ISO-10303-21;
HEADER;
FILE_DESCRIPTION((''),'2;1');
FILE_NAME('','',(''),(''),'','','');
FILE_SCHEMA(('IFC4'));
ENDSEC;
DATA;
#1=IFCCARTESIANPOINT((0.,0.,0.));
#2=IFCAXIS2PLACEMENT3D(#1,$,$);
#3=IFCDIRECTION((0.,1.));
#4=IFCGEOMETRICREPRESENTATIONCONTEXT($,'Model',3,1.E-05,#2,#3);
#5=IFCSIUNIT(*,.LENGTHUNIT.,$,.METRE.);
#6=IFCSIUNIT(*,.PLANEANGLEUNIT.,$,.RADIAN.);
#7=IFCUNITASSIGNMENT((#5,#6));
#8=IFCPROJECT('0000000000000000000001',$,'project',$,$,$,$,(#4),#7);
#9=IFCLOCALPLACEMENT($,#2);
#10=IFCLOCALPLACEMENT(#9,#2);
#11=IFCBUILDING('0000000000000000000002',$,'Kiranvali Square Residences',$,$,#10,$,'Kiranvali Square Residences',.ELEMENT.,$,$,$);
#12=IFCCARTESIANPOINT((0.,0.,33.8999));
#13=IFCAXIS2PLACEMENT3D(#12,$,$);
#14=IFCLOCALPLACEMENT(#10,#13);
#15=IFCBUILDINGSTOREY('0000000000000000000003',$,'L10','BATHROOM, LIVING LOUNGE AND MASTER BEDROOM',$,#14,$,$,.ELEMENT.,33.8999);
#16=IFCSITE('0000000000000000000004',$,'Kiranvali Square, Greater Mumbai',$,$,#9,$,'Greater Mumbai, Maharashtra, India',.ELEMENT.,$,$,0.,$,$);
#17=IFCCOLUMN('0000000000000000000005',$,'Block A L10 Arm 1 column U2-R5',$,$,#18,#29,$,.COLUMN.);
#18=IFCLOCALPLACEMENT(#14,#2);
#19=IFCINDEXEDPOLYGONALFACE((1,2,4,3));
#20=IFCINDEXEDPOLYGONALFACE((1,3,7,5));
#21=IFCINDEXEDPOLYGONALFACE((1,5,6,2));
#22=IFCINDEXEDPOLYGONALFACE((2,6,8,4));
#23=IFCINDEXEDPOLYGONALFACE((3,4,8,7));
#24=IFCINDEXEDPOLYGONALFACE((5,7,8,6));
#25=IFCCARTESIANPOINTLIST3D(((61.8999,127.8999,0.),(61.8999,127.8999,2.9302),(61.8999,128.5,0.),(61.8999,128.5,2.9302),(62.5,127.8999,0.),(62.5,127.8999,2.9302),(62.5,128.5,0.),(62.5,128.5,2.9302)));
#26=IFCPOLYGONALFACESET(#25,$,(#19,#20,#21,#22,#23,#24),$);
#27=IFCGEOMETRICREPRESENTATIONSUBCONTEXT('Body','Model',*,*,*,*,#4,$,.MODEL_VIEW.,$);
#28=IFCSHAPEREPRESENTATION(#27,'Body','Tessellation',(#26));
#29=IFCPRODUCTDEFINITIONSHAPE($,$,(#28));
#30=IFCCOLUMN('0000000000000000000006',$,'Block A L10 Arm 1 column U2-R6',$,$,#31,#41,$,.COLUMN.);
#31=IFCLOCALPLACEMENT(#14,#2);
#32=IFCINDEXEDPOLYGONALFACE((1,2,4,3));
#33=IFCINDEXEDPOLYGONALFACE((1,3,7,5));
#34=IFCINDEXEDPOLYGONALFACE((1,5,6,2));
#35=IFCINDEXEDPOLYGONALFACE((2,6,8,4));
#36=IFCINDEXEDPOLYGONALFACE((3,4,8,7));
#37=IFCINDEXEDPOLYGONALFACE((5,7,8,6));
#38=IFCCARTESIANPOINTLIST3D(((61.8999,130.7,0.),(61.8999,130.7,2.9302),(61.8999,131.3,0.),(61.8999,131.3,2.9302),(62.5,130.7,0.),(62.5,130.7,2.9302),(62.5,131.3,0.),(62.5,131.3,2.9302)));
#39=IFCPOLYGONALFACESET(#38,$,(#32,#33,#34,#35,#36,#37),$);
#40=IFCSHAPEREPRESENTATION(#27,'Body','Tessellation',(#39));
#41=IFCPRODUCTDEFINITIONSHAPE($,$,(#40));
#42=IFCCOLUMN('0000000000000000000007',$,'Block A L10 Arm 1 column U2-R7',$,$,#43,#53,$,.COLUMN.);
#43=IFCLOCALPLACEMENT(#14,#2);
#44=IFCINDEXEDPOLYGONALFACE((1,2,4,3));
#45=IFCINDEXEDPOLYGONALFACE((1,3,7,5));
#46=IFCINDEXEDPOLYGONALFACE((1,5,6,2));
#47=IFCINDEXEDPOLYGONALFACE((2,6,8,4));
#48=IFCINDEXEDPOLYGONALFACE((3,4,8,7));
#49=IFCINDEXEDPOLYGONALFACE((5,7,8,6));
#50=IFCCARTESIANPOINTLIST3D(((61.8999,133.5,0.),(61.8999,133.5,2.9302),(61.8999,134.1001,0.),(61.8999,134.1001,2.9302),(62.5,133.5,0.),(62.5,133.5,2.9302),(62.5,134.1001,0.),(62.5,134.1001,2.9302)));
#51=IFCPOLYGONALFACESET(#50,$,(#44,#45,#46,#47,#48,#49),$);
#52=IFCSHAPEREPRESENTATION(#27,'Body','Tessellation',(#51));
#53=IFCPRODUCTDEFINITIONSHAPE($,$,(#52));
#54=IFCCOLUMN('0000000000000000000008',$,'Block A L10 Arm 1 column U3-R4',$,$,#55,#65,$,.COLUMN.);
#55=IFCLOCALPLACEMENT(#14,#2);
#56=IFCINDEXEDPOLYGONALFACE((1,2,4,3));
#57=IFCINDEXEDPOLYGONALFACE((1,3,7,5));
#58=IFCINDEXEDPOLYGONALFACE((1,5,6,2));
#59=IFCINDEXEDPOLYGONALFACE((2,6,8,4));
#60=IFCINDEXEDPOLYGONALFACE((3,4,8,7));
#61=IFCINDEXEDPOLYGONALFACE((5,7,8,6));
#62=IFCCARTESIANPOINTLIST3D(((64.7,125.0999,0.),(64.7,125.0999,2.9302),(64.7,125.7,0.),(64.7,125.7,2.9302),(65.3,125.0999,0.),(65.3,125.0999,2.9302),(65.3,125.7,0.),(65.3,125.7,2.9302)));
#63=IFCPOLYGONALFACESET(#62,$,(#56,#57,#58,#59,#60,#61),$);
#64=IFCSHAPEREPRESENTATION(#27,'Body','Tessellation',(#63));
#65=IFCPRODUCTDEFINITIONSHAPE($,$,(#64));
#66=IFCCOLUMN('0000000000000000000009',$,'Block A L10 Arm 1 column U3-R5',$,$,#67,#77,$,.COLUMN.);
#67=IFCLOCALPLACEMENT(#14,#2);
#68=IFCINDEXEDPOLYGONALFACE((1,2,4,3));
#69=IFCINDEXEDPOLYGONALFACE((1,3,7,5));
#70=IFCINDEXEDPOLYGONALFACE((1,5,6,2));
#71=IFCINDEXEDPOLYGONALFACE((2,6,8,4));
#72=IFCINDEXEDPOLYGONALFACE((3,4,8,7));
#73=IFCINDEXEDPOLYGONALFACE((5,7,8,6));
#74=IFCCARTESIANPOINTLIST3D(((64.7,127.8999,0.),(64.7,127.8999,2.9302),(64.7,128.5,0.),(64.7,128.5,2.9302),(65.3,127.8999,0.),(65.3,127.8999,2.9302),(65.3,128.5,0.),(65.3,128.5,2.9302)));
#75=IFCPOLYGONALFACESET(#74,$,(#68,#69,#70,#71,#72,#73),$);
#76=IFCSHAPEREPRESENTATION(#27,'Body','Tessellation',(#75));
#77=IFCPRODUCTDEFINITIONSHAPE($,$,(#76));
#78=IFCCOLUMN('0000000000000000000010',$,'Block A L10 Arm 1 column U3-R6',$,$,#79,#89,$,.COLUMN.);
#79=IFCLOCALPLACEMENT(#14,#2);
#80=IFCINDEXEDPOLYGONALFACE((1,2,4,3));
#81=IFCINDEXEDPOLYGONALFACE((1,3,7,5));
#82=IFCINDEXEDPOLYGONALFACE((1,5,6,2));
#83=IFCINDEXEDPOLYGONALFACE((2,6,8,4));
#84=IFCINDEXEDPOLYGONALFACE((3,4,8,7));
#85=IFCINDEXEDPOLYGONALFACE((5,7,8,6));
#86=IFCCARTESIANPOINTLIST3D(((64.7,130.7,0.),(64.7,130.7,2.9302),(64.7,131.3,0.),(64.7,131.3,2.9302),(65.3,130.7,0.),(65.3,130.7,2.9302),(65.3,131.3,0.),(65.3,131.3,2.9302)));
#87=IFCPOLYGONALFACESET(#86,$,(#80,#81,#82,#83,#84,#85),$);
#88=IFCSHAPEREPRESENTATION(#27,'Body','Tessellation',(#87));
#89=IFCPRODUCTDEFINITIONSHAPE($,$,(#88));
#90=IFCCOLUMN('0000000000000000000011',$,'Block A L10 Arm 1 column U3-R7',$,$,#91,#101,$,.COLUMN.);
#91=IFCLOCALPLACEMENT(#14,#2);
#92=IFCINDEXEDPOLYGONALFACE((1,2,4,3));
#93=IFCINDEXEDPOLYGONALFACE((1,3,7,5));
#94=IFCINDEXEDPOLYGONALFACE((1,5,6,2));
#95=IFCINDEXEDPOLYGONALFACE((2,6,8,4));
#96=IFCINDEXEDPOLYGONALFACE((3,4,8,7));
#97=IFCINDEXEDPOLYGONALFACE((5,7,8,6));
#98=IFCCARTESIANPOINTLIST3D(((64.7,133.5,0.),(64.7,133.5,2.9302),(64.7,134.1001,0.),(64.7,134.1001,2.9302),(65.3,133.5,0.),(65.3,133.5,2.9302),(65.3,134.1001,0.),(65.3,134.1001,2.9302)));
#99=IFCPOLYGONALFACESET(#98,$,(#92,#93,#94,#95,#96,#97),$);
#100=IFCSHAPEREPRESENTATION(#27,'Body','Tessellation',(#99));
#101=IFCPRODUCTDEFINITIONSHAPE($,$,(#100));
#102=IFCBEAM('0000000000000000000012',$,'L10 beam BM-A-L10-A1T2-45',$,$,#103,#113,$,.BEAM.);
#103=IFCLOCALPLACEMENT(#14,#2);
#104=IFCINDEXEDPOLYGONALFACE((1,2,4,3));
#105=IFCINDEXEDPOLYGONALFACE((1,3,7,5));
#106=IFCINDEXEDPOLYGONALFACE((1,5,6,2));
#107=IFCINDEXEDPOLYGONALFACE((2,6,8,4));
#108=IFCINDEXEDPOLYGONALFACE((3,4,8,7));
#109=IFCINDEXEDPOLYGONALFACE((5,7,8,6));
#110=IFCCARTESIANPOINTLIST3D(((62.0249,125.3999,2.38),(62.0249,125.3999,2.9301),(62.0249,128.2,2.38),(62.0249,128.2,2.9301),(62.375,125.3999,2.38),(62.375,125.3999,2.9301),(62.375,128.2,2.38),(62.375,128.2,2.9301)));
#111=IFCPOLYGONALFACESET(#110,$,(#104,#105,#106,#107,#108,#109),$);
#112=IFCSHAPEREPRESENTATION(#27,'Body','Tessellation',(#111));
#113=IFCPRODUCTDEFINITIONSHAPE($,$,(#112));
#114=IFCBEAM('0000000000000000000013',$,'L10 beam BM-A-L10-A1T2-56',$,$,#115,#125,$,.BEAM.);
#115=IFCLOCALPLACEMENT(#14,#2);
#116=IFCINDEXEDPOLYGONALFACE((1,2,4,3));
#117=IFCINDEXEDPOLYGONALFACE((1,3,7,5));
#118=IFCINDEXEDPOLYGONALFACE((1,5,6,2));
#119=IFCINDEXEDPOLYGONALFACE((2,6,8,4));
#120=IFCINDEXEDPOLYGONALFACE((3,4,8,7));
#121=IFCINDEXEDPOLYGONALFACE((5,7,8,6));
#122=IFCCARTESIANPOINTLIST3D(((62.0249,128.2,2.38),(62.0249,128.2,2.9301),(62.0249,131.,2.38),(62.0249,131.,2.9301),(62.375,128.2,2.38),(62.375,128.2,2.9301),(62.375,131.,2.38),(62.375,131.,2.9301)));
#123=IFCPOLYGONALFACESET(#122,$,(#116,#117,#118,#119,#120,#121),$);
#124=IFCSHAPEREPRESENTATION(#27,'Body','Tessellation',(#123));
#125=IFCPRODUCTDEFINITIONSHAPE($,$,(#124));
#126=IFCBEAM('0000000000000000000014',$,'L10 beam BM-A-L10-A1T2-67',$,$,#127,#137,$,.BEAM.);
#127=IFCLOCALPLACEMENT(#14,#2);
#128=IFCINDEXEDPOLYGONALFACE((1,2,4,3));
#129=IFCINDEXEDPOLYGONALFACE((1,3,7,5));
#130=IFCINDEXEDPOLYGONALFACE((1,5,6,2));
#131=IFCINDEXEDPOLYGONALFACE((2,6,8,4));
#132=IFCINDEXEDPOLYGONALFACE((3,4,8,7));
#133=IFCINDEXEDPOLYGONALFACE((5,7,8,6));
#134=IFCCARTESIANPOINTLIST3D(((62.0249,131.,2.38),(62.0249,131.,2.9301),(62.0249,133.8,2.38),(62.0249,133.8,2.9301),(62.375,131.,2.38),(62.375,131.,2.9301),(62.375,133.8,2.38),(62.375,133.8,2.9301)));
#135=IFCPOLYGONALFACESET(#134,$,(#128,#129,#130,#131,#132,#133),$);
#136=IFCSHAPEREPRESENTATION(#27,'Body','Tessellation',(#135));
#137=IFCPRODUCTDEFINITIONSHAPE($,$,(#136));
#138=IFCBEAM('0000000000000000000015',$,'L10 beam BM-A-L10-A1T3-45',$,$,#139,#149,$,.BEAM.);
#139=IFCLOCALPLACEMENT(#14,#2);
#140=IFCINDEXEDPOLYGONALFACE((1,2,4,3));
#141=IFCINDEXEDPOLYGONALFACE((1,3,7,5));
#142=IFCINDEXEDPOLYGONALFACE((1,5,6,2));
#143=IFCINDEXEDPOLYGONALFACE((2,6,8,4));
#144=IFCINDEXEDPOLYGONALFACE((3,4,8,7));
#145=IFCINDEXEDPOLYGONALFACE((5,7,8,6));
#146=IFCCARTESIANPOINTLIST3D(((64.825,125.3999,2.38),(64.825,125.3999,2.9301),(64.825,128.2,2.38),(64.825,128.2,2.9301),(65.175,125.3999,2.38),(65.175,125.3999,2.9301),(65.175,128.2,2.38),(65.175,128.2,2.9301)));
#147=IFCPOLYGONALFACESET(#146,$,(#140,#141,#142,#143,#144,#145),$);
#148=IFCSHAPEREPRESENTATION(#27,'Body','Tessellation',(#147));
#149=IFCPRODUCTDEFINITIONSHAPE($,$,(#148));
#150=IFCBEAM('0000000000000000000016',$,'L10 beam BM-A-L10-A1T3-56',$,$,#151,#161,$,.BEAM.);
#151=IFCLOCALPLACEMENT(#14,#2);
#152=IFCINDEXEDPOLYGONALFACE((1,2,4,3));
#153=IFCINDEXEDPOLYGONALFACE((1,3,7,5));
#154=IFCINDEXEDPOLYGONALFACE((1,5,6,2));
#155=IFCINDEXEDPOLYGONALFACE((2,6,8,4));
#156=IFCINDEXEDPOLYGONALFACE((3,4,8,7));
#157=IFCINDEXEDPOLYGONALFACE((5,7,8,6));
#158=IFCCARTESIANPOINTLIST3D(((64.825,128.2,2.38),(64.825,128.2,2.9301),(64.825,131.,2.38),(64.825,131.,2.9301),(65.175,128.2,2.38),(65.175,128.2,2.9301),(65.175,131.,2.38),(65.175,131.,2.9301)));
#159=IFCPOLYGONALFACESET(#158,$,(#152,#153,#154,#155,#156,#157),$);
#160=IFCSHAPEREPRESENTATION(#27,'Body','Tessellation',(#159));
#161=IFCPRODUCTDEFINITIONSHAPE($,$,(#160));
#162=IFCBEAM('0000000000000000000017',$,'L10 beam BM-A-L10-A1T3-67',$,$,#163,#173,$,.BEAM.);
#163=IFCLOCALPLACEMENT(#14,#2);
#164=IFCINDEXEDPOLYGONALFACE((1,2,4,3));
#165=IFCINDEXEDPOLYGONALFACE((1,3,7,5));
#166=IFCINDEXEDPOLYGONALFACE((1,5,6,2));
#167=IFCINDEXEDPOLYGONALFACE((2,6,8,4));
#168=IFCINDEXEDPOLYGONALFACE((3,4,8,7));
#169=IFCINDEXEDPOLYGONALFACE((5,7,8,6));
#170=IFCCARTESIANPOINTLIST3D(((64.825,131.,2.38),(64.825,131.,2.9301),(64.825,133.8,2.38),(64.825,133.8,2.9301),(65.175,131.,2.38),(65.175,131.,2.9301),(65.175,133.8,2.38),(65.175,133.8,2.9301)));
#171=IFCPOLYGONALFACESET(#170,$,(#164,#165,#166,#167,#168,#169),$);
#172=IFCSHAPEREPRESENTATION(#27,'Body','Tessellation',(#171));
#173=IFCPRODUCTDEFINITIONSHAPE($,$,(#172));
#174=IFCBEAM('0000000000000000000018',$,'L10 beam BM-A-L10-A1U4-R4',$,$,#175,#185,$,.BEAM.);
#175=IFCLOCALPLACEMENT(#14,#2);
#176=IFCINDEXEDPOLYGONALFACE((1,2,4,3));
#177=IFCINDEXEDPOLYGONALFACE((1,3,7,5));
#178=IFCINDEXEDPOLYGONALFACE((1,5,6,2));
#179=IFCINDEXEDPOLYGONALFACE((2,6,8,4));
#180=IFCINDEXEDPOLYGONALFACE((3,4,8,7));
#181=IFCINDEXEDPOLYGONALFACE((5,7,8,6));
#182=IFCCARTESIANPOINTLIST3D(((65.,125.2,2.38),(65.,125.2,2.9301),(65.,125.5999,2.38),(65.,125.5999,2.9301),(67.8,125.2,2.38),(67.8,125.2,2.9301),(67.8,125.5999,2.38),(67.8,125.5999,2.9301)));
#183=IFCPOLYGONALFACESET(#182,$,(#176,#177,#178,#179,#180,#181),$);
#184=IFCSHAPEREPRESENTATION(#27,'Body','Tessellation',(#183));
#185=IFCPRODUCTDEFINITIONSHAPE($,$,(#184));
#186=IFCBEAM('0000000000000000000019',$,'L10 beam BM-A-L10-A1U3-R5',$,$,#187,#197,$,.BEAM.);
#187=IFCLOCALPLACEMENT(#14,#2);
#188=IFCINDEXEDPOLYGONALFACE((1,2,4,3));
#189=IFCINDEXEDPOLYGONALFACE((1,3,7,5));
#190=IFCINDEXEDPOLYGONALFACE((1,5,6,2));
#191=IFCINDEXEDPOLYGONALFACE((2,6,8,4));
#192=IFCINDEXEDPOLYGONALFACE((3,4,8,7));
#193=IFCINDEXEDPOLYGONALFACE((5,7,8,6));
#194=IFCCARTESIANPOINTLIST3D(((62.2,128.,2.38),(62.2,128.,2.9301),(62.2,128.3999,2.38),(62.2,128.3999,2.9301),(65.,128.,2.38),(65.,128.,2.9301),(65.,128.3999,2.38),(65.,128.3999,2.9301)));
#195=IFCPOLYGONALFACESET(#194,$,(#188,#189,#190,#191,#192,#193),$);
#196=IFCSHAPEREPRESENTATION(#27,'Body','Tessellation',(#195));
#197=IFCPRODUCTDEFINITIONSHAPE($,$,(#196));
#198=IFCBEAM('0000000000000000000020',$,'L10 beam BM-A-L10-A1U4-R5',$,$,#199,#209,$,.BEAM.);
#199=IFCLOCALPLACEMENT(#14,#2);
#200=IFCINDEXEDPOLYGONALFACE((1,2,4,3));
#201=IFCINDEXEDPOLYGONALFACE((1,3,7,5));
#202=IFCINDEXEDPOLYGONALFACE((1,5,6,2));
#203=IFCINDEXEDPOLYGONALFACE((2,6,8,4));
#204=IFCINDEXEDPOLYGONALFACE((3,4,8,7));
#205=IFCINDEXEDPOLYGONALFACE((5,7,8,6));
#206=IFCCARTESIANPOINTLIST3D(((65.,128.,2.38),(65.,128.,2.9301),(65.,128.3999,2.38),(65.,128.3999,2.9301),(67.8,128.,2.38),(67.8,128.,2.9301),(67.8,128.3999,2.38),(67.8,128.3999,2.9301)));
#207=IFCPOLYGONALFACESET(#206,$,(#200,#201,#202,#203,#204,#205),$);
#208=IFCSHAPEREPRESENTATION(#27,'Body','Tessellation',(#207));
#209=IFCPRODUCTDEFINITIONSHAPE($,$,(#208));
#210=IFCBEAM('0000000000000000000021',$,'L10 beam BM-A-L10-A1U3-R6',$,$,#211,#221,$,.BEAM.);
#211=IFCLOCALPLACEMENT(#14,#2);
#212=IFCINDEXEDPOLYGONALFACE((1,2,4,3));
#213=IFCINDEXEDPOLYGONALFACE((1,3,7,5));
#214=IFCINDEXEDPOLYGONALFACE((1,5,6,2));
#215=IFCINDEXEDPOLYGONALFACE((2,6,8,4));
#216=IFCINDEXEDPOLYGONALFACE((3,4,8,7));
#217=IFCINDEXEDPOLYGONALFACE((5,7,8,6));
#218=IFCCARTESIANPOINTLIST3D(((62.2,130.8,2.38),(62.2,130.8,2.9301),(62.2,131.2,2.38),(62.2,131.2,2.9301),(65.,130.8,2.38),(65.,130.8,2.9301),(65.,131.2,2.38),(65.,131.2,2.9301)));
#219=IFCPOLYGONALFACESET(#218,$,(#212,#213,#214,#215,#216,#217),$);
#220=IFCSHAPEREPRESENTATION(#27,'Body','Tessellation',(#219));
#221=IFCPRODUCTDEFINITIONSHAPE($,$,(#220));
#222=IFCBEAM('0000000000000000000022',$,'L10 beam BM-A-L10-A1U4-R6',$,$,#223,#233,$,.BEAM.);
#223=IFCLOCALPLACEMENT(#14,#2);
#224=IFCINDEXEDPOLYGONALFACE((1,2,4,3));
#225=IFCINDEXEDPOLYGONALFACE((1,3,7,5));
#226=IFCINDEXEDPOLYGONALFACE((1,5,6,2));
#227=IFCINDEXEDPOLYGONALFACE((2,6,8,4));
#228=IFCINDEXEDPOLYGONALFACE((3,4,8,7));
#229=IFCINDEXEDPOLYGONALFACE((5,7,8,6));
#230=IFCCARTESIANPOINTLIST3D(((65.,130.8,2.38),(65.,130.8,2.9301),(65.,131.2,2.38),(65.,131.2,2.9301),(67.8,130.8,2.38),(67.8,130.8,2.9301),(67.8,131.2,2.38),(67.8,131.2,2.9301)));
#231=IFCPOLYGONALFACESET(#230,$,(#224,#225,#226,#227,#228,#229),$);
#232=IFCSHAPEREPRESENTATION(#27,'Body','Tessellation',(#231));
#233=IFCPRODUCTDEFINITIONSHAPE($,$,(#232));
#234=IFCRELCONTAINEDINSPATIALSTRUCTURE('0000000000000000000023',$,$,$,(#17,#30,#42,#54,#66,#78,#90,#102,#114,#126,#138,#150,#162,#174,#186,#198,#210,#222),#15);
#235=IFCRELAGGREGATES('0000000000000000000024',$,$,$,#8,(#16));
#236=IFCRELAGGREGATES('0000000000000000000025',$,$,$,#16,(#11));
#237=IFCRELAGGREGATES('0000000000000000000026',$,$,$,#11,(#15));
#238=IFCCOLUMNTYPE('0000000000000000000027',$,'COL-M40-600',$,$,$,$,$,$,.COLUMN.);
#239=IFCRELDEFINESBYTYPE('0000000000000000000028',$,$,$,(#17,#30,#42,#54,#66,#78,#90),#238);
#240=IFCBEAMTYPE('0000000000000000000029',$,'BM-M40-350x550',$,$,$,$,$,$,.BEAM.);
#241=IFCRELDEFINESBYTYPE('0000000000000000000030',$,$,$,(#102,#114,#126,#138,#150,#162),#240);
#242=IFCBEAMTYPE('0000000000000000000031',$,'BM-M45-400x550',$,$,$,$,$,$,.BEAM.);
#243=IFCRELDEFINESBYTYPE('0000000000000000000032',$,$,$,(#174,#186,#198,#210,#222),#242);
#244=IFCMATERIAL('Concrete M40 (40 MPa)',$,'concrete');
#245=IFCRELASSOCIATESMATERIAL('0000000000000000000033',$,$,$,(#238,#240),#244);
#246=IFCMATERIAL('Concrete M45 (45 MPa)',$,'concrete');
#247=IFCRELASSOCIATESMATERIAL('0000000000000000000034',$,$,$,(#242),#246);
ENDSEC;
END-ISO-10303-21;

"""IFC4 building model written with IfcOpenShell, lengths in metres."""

from ifc_helpers import new_model, si_unit, direction, frame, origin, origin_2d, place, context, subcontext, project, spatial, rectangle, extrude, material, material_profile, profile_set, type_object, element, save


model = new_model("IFC4")

# Units and contexts
model_context = context("Model", 3, precision=1e-05, world=origin(), true_north=direction((0.0, 1.0)))
body_context = subcontext(model_context, "Body", "Model", "MODEL_VIEW")
ifc_project = project(units=[si_unit("LENGTHUNIT", "METRE"), si_unit("PLANEANGLEUNIT", "RADIAN")], contexts=[model_context])

# Site, building, storey
site_placement = place(None, origin())
site = spatial("IfcSite", under=ifc_project, at=site_placement, Name="Kiranvali Square, Greater Mumbai", LongName="Greater Mumbai, Maharashtra, India", CompositionType="ELEMENT", RefElevation=0.0)
building_placement = place(site_placement, origin())
building = spatial("IfcBuilding", under=site, at=building_placement, Name="Kiranvali Square Residences", LongName="Kiranvali Square Residences", CompositionType="ELEMENT")
storey_placement = place(building_placement, frame((0.0, 0.0, 33.8999)))
storey = spatial("IfcBuildingStorey", under=building, at=storey_placement, Name="L10", Description="BATHROOM, LIVING LOUNGE AND MASTER BEDROOM", CompositionType="ELEMENT", Elevation=33.8999)

# Columns
ifc_material_1 = material(Name="Concrete M40 (40 MPa)", Category="concrete")
ifc_material_profile_1 = material_profile(ifc_material_1, rectangle(XDim=0.6001, YDim=0.6001, at=origin_2d()), Name="RC 600x600")
ifc_profile_set_1 = profile_set([ifc_material_profile_1], Name="Concrete M40 (40 MPa)")
column_type = type_object("IfcColumnType", Name="COL-M40-600", PredefinedType="COLUMN", material=ifc_profile_set_1)
for number, where, z_axis, x_axis, name in (
    (1, (62.2, 128.2, 0.0), (0.0, 0.0, 1.0), (1.0, 0.0, 0.0), "Block A L10 Arm 1 column U2-R5"),
    (2, (62.2, 131.0, 0.0), (0.0, 0.0, 1.0), (1.0, 0.0, 0.0), "Block A L10 Arm 1 column U2-R6"),
    (3, (62.2, 133.8, 0.0), (0.0, 0.0, 1.0), (1.0, 0.0, 0.0), "Block A L10 Arm 1 column U2-R7"),
    (4, (65.0, 125.3999, 0.0), (0.0, 0.0, 1.0), (1.0, 0.0, 0.0), "Block A L10 Arm 1 column U3-R4"),
    (5, (65.0, 128.2, 0.0), (0.0, 0.0, 1.0), (1.0, 0.0, 0.0), "Block A L10 Arm 1 column U3-R5"),
    (6, (65.0, 131.0, 0.0), (0.0, 0.0, 1.0), (1.0, 0.0, 0.0), "Block A L10 Arm 1 column U3-R6"),
    (7, (65.0, 133.8, 0.0), (0.0, 0.0, 1.0), (1.0, 0.0, 0.0), "Block A L10 Arm 1 column U3-R7"),
):
    element("IfcColumn", number, at=place(storey_placement, frame(where, z_axis=z_axis, x_axis=x_axis)), inside=storey, type_object=column_type, Name=name, PredefinedType="COLUMN", context=body_context, shape_type="SweptSolid", body=[
        extrude(rectangle(XDim=0.6001, YDim=0.6001, at=origin_2d()), origin(), (0.0, 0.0, 1.0), 2.9302),
    ])

# Beams
ifc_material_profile_2 = material_profile(ifc_material_1, rectangle(XDim=0.3501, YDim=0.55, at=origin_2d()), Name="RC 350x550")
ifc_profile_set_2 = profile_set([ifc_material_profile_2], Name="Concrete M40 (40 MPa)")
beam_type_1 = type_object("IfcBeamType", Name="BM-M40-350x550", PredefinedType="BEAM", material=ifc_profile_set_2)
for number, where, z_axis, x_axis, name in (
    (8, (62.2, 125.3999, 2.655), (0.0, 1.0, 0.0), (-1.0, 0.0, 0.0), "L10 beam BM-A-L10-A1T2-45"),
    (9, (62.2, 128.2, 2.655), (0.0, 1.0, 0.0), (-1.0, 0.0, 0.0), "L10 beam BM-A-L10-A1T2-56"),
    (10, (62.2, 131.0, 2.655), (0.0, 1.0, 0.0), (-1.0, 0.0, 0.0), "L10 beam BM-A-L10-A1T2-67"),
    (11, (65.0, 125.3999, 2.655), (0.0, 1.0, 0.0), (-1.0, 0.0, 0.0), "L10 beam BM-A-L10-A1T3-45"),
    (12, (65.0, 128.2, 2.655), (0.0, 1.0, 0.0), (-1.0, 0.0, 0.0), "L10 beam BM-A-L10-A1T3-56"),
    (13, (65.0, 131.0, 2.655), (0.0, 1.0, 0.0), (-1.0, 0.0, 0.0), "L10 beam BM-A-L10-A1T3-67"),
):
    element("IfcBeam", number, at=place(storey_placement, frame(where, z_axis=z_axis, x_axis=x_axis)), inside=storey, type_object=beam_type_1, Name=name, PredefinedType="BEAM", context=body_context, shape_type="SweptSolid", body=[
        extrude(rectangle(XDim=0.3501, YDim=0.55, at=origin_2d()), origin(), (0.0, 0.0, 1.0), 2.8),
    ])
ifc_material_2 = material(Name="Concrete M45 (45 MPa)", Category="concrete")
ifc_material_profile_3 = material_profile(ifc_material_2, rectangle(XDim=0.3999, YDim=0.55, at=origin_2d()), Name="RC 400x550")
ifc_profile_set_3 = profile_set([ifc_material_profile_3], Name="Concrete M45 (45 MPa)")
beam_type_2 = type_object("IfcBeamType", Name="BM-M45-400x550", PredefinedType="BEAM", material=ifc_profile_set_3)
for number, where, z_axis, x_axis, name in (
    (14, (65.0, 125.3999, 2.655), (1.0, 0.0, 0.0), (0.0, 1.0, 0.0), "L10 beam BM-A-L10-A1U4-R4"),
    (15, (62.2, 128.2, 2.655), (1.0, 0.0, 0.0), (0.0, 1.0, 0.0), "L10 beam BM-A-L10-A1U3-R5"),
    (16, (65.0, 128.2, 2.655), (1.0, 0.0, 0.0), (0.0, 1.0, 0.0), "L10 beam BM-A-L10-A1U4-R5"),
    (17, (62.2, 131.0, 2.655), (1.0, 0.0, 0.0), (0.0, 1.0, 0.0), "L10 beam BM-A-L10-A1U3-R6"),
    (18, (65.0, 131.0, 2.655), (1.0, 0.0, 0.0), (0.0, 1.0, 0.0), "L10 beam BM-A-L10-A1U4-R6"),
):
    element("IfcBeam", number, at=place(storey_placement, frame(where, z_axis=z_axis, x_axis=x_axis)), inside=storey, type_object=beam_type_2, Name=name, PredefinedType="BEAM", context=body_context, shape_type="SweptSolid", body=[
        extrude(rectangle(XDim=0.3999, YDim=0.55, at=origin_2d()), origin(), (0.0, 0.0, 1.0), 2.8),
    ])

save(model, "model.ifc")
